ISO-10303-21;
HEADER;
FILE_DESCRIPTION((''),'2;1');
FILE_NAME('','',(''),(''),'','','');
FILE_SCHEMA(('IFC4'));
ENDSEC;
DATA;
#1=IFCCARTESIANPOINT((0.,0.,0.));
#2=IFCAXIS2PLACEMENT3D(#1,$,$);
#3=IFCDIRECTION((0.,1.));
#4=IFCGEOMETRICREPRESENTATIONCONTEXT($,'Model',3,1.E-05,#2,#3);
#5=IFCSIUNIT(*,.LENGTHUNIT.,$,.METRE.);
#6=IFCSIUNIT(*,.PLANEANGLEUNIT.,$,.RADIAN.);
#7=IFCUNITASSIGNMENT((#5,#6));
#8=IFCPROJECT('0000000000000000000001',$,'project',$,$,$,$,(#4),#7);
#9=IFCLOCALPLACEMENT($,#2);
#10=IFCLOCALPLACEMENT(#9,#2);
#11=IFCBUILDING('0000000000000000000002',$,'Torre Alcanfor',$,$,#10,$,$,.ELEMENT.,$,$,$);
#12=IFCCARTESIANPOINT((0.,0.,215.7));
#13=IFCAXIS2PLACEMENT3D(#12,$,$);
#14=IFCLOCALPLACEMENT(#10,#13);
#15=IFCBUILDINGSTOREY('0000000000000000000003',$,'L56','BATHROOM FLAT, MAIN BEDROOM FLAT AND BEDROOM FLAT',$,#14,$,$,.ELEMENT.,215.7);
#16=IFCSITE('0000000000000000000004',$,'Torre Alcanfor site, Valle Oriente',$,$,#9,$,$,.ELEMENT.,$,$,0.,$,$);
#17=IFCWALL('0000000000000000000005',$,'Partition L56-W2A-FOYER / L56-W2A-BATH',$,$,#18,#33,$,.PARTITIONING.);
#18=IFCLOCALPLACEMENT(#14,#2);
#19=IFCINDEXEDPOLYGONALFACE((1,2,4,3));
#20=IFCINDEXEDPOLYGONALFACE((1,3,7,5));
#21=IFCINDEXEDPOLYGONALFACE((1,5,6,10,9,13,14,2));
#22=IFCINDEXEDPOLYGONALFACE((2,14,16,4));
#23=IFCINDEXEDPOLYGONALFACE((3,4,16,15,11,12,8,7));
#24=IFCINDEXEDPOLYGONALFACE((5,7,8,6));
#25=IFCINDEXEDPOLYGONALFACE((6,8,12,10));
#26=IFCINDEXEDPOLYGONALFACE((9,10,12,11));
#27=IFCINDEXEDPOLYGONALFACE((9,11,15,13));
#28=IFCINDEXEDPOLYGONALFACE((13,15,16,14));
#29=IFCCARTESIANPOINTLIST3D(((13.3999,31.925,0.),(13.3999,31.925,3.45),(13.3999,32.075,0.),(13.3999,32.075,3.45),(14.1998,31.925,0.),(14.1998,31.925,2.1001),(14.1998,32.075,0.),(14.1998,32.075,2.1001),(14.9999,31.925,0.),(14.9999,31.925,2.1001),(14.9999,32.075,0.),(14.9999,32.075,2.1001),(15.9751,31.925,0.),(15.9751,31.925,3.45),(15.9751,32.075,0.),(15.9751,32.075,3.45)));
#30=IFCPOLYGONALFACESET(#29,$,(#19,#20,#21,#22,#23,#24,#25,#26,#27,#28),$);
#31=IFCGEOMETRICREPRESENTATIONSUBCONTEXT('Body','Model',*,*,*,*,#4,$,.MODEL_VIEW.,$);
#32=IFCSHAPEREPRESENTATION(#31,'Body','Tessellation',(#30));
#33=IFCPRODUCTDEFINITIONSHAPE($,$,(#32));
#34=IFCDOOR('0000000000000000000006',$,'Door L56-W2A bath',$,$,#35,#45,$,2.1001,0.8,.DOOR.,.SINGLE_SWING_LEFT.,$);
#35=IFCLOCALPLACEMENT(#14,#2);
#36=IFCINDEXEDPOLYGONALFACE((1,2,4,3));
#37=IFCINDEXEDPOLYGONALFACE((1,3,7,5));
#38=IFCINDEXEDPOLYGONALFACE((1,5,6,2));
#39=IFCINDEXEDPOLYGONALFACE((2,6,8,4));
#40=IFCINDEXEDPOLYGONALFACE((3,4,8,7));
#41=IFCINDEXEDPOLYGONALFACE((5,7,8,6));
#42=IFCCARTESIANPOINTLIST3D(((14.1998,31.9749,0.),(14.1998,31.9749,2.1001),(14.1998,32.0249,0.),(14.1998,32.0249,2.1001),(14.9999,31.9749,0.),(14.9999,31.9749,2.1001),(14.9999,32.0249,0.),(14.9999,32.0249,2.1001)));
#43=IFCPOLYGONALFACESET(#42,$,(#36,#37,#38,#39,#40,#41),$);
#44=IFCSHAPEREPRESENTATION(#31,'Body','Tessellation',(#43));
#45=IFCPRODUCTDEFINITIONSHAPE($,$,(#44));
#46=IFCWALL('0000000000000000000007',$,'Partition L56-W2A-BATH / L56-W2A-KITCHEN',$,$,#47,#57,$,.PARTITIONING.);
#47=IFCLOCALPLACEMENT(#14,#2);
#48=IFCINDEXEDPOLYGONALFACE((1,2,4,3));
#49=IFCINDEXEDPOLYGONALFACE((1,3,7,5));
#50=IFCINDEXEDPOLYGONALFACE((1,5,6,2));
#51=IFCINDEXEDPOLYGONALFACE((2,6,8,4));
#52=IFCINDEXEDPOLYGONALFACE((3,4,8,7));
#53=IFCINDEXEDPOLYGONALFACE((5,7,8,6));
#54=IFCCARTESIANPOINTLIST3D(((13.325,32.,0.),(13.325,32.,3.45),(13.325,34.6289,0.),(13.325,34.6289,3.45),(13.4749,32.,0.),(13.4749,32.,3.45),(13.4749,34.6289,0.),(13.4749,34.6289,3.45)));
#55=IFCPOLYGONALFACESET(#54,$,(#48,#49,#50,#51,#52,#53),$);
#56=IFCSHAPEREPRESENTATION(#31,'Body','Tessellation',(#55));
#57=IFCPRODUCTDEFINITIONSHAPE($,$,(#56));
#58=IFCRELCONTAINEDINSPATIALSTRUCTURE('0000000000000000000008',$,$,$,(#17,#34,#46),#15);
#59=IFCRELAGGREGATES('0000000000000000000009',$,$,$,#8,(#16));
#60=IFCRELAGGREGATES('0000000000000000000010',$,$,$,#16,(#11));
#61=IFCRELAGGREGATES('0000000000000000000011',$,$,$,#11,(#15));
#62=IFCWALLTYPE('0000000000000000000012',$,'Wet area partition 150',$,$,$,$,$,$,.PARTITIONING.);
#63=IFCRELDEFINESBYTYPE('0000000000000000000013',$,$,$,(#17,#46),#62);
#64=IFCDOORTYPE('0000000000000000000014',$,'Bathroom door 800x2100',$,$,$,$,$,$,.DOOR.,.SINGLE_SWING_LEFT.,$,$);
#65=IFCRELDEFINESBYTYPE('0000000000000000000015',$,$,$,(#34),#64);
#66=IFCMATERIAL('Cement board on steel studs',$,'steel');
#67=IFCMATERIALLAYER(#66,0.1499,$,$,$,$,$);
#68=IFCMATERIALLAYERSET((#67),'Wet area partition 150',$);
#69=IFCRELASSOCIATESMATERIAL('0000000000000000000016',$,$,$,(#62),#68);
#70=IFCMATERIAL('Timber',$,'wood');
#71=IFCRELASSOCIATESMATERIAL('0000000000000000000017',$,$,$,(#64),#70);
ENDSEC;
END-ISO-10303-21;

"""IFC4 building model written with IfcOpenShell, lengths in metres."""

from ifc_helpers import new_model, si_unit, direction, frame, frame_2d, origin, place, context, subcontext, project, spatial, rectangle, extrude, material, layer, layer_set, type_object, element, fill, save


model = new_model("IFC4")

# Units and contexts
model_context = context("Model", 3, precision=1e-05, world=origin(), true_north=direction((0.0, 1.0)))
body_context = subcontext(model_context, "Body", "Model", "MODEL_VIEW")
ifc_project = project(units=[si_unit("LENGTHUNIT", "METRE"), si_unit("PLANEANGLEUNIT", "RADIAN")], contexts=[model_context])

# Site, building, storey
site_placement = place(None, origin())
site = spatial("IfcSite", under=ifc_project, at=site_placement, Name="Torre Alcanfor site, Valle Oriente", CompositionType="ELEMENT", RefElevation=0.0)
building_placement = place(site_placement, origin())
building = spatial("IfcBuilding", under=site, at=building_placement, Name="Torre Alcanfor", CompositionType="ELEMENT")
storey_placement = place(building_placement, frame((0.0, 0.0, 215.7)))
storey = spatial("IfcBuildingStorey", under=building, at=storey_placement, Name="L56", Description="BATHROOM FLAT, MAIN BEDROOM FLAT AND BEDROOM FLAT", CompositionType="ELEMENT", Elevation=215.7)

# Wall, opening, door
ifc_material_1 = material(Name="Cement board on steel studs", Category="steel")
ifc_layer_1 = layer(ifc_material_1, 0.1499)
ifc_layer_set_1 = layer_set([ifc_layer_1], Name="Wet area partition 150")
wall_type_1 = type_object("IfcWallType", Name="Wet area partition 150", PredefinedType="PARTITIONING", material=ifc_layer_set_1)
wall_1_placement = place(storey_placement, frame((13.3999, 32.0, 0.0), z_axis=(0.0, 0.0, 1.0), x_axis=(1.0, 0.0, 0.0)))
wall_1 = element("IfcWall", 1, at=wall_1_placement, inside=storey, type_object=wall_type_1, Name="Partition L56-W2A-FOYER / L56-W2A-BATH", PredefinedType="PARTITIONING", context=body_context, shape_type="SweptSolid", body=[
    extrude(rectangle(XDim=2.5752, YDim=0.1499, at=frame_2d((1.2876, 0.0))), origin(), (0.0, 0.0, 1.0), 3.45),
])
opening_1_placement = place(wall_1_placement, frame((0.8, 0.0, 0.0)))
opening_1 = element("IfcOpeningElement", 2, at=opening_1_placement, cuts=wall_1, PredefinedType="OPENING", context=body_context, shape_type="SweptSolid", body=[
    extrude(rectangle(XDim=0.8, YDim=2.1001, at=frame_2d((0.3999, 1.05))), frame((0.0, 0.085, 0.0), z_axis=(0.0, -1.0, 0.0), x_axis=(1.0, 0.0, 0.0)), (0.0, 0.0, 1.0), 0.1699),
])
ifc_material_2 = material(Name="Timber", Category="wood")
door_type_1 = type_object("IfcDoorType", Name="Bathroom door 800x2100", OperationType="SINGLE_SWING_LEFT", PredefinedType="DOOR", material=ifc_material_2)
door_1_placement = place(opening_1_placement, origin())
door_1 = element("IfcDoor", 3, at=door_1_placement, inside=storey, type_object=door_type_1, Name="Door L56-W2A bath", OperationType="SINGLE_SWING_LEFT", OverallHeight=2.1001, OverallWidth=0.8, PredefinedType="DOOR", context=body_context, shape_type="SweptSolid", body=[
    extrude(rectangle(XDim=0.8, YDim=2.1001, at=frame_2d((0.3999, 1.05))), frame((0.0, 0.0249, 0.0), z_axis=(0.0, -1.0, 0.0), x_axis=(1.0, 0.0, 0.0)), (0.0, 0.0, 1.0), 0.05),
])
fill(opening_1, door_1)

# Wall
wall_2_placement = place(storey_placement, frame((13.3999, 32.0, 0.0), z_axis=(0.0, 0.0, 1.0), x_axis=(0.0, 1.0, 0.0)))
element("IfcWall", 4, at=wall_2_placement, inside=storey, type_object=wall_type_1, Name="Partition L56-W2A-BATH / L56-W2A-KITCHEN", PredefinedType="PARTITIONING", context=body_context, shape_type="SweptSolid", body=[
    extrude(rectangle(XDim=2.6289, YDim=0.1499, at=frame_2d((1.3145, 0.0))), origin(), (0.0, 0.0, 1.0), 3.45),
])

save(model, "model.ifc")
